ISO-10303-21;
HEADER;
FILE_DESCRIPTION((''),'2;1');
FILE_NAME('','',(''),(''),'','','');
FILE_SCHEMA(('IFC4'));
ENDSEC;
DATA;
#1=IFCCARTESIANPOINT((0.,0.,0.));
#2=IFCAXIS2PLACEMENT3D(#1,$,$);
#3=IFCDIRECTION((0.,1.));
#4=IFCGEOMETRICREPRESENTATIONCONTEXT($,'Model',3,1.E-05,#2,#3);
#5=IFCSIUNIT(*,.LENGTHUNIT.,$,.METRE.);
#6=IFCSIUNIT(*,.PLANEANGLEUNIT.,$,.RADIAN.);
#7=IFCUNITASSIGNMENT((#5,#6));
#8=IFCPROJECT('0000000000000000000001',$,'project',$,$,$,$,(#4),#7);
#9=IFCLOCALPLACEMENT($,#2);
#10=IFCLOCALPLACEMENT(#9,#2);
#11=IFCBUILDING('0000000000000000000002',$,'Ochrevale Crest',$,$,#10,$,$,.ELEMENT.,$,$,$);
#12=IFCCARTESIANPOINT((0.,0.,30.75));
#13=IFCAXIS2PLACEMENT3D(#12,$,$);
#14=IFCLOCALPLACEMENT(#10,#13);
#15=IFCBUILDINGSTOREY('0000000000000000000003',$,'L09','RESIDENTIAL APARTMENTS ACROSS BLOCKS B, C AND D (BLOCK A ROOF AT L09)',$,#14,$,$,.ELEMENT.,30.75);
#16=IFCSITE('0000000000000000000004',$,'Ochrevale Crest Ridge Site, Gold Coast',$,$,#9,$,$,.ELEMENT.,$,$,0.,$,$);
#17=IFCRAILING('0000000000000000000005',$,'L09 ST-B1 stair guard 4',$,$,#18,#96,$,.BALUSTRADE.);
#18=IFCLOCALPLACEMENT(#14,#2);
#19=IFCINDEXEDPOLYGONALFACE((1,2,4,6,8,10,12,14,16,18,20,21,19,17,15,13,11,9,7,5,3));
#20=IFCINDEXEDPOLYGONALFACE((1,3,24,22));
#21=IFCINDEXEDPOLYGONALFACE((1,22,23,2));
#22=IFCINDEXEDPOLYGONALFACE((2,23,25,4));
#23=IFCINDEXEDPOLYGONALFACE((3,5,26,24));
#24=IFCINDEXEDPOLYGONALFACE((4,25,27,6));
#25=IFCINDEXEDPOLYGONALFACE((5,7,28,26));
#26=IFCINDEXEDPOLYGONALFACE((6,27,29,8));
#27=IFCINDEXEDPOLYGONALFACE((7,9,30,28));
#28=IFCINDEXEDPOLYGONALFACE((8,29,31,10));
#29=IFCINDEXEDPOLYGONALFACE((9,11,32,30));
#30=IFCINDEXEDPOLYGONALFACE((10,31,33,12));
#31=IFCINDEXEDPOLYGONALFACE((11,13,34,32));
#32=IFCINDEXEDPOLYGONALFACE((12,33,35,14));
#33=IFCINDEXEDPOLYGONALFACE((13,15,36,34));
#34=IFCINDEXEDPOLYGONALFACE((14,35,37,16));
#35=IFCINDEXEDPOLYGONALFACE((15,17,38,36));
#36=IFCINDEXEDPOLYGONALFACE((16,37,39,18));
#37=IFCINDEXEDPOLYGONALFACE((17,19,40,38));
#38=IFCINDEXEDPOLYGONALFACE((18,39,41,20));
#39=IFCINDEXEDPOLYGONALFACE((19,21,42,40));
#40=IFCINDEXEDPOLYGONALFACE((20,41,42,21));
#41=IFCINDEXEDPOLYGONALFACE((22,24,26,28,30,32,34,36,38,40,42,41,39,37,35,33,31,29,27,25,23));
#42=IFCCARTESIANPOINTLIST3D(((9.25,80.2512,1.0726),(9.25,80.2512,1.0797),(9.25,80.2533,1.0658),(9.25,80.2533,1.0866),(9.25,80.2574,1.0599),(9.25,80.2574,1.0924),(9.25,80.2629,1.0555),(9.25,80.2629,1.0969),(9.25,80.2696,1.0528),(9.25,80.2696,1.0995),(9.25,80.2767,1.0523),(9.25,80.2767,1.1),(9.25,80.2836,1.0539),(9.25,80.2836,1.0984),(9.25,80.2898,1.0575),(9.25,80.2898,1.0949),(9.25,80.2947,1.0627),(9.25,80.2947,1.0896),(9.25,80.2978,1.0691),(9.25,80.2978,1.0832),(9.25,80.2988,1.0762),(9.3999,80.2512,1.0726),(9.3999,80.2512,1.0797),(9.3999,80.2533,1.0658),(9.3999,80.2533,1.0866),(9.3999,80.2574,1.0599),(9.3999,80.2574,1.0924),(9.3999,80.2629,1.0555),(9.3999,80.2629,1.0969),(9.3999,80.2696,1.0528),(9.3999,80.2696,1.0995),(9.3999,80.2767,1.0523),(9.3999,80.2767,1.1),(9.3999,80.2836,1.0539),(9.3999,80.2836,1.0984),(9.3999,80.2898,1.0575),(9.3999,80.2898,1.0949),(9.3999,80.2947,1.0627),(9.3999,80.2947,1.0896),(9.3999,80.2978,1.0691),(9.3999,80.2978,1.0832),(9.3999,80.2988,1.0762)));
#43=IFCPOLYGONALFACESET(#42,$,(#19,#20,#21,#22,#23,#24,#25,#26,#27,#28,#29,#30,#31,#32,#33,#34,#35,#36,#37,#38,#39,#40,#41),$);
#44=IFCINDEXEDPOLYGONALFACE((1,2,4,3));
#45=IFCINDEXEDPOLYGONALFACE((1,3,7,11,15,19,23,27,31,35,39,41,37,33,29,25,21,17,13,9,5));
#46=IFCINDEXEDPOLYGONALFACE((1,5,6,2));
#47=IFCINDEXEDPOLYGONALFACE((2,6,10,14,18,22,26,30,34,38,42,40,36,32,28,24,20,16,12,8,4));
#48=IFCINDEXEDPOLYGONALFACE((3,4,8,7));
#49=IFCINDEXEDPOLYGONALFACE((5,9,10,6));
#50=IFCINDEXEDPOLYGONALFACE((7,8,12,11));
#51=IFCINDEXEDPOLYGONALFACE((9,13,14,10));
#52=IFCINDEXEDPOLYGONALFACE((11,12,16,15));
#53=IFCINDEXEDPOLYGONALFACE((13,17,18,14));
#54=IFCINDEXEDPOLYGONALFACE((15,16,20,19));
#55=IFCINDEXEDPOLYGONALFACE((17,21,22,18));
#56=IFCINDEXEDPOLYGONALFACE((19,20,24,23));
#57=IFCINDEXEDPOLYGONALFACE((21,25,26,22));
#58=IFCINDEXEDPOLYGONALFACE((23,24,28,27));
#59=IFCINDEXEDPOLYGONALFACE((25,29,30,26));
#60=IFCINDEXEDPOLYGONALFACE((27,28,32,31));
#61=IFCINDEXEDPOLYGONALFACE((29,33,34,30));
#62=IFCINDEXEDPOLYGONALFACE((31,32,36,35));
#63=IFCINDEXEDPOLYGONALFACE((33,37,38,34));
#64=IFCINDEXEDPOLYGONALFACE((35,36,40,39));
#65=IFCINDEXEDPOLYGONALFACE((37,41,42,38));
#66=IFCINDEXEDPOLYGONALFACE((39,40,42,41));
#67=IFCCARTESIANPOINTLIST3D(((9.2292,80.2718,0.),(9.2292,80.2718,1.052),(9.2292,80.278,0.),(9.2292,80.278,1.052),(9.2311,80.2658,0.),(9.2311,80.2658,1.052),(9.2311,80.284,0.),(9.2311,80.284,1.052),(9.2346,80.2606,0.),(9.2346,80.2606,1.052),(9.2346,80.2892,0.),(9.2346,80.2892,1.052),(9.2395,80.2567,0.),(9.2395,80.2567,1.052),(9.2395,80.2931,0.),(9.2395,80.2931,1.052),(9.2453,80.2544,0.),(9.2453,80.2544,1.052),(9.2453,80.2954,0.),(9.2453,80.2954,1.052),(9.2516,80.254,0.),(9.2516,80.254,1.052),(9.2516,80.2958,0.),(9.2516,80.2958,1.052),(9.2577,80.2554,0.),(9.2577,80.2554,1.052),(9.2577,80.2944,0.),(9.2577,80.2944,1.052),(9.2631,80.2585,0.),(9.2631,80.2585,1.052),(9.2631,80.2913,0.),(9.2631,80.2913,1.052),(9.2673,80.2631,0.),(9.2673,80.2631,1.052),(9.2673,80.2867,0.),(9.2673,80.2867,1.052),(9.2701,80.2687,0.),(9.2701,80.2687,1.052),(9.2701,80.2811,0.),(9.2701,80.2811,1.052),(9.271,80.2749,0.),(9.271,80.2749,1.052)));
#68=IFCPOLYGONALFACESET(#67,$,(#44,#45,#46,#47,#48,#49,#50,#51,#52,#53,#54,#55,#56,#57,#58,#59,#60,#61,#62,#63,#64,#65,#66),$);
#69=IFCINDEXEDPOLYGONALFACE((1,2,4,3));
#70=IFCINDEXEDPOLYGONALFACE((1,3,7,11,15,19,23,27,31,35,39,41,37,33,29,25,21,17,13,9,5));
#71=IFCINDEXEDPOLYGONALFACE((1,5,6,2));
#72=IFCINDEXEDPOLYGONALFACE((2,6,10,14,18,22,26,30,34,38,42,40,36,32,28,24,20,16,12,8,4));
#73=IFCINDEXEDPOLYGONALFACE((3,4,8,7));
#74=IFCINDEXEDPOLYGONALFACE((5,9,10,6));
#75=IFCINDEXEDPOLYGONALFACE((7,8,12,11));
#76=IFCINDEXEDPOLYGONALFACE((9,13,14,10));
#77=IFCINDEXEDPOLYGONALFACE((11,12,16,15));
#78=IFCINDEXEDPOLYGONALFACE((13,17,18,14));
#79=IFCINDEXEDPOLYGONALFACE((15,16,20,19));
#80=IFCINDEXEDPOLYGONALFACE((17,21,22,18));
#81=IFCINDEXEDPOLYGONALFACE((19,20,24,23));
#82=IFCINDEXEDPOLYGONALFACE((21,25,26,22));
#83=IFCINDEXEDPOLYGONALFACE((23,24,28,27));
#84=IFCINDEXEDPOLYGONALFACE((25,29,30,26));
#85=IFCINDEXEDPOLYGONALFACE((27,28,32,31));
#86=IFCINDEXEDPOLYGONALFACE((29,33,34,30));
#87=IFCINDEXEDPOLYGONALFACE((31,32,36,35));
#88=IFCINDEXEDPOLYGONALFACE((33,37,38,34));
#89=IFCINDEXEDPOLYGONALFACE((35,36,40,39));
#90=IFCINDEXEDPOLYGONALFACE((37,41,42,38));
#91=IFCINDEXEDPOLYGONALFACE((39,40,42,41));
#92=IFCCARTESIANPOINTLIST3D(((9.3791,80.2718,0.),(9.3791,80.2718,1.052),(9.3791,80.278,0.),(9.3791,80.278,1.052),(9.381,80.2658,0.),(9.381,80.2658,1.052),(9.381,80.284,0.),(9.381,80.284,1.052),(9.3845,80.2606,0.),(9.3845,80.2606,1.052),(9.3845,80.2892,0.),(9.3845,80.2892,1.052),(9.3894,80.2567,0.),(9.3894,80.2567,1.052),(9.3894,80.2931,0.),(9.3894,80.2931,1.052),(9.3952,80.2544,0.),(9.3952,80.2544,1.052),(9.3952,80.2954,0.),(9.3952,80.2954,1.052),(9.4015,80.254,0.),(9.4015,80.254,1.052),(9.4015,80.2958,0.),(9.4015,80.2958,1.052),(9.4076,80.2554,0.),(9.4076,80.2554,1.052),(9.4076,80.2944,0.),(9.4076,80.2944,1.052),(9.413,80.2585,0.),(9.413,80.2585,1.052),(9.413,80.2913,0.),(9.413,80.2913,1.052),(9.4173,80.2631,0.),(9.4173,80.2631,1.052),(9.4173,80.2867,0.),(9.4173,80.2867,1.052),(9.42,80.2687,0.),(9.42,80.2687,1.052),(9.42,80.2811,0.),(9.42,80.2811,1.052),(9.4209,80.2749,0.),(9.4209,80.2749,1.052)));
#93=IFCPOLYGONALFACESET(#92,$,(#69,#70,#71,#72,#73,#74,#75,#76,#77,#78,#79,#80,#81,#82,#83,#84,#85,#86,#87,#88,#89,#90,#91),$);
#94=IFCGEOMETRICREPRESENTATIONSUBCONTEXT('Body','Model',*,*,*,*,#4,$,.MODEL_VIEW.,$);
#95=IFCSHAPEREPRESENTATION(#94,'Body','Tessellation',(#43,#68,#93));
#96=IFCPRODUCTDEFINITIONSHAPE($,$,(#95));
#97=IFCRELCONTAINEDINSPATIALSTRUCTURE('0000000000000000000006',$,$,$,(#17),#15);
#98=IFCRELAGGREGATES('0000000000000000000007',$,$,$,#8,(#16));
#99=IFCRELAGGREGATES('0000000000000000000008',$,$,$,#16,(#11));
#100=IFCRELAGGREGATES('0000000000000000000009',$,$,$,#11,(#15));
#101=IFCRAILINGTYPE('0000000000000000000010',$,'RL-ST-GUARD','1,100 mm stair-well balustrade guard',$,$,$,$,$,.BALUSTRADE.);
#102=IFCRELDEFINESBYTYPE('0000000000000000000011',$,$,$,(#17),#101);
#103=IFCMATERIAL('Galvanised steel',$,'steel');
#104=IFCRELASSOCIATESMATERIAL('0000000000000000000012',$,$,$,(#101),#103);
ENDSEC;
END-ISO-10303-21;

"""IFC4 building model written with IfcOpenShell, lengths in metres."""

from ifc_helpers import new_model, si_unit, direction, frame, origin, origin_2d, place, context, subcontext, project, spatial, circle, extrude, material, type_object, element, save


model = new_model("IFC4")

# Units and contexts
model_context = context("Model", 3, precision=1e-05, world=origin(), true_north=direction((0.0, 1.0)))
body_context = subcontext(model_context, "Body", "Model", "MODEL_VIEW")
ifc_project = project(units=[si_unit("LENGTHUNIT", "METRE"), si_unit("PLANEANGLEUNIT", "RADIAN")], contexts=[model_context])

# Site, building, storey
site_placement = place(None, origin())
site = spatial("IfcSite", under=ifc_project, at=site_placement, Name="Ochrevale Crest Ridge Site, Gold Coast", CompositionType="ELEMENT", RefElevation=0.0)
building_placement = place(site_placement, origin())
building = spatial("IfcBuilding", under=site, at=building_placement, Name="Ochrevale Crest", CompositionType="ELEMENT")
storey_placement = place(building_placement, frame((0.0, 0.0, 30.75)))
storey = spatial("IfcBuildingStorey", under=building, at=storey_placement, Name="L09", Description="RESIDENTIAL APARTMENTS ACROSS BLOCKS B, C AND D (BLOCK A ROOF AT L09)", CompositionType="ELEMENT", Elevation=30.75)

# Railing
ifc_material_1 = material(Name="Galvanised steel", Category="steel")
railing_type_1 = type_object("IfcRailingType", Name="RL-ST-GUARD", Description="1,100 mm stair-well balustrade guard", PredefinedType="BALUSTRADE", material=ifc_material_1)
railing_1_placement = place(storey_placement, frame((9.25, 80.2749, 0.0)))
element("IfcRailing", 1, at=railing_1_placement, inside=storey, type_object=railing_type_1, Name="L09 ST-B1 stair guard 4", PredefinedType="BALUSTRADE", context=body_context, shape_type="SweptSolid", body=[
    extrude(circle(Radius=0.0239, at=origin_2d()), frame((0.0, 0.0, 1.0762), z_axis=(1.0, 0.0, 0.0), x_axis=(0.0, 1.0, 0.0)), (0.0, 0.0, 1.0), 0.1499),
    extrude(circle(Radius=0.021, at=origin_2d()), origin(), (0.0, 0.0, 1.0), 1.052),
    extrude(circle(Radius=0.021, at=origin_2d()), frame((0.1499, 0.0, 0.0)), (0.0, 0.0, 1.0), 1.052),
])

save(model, "model.ifc")
